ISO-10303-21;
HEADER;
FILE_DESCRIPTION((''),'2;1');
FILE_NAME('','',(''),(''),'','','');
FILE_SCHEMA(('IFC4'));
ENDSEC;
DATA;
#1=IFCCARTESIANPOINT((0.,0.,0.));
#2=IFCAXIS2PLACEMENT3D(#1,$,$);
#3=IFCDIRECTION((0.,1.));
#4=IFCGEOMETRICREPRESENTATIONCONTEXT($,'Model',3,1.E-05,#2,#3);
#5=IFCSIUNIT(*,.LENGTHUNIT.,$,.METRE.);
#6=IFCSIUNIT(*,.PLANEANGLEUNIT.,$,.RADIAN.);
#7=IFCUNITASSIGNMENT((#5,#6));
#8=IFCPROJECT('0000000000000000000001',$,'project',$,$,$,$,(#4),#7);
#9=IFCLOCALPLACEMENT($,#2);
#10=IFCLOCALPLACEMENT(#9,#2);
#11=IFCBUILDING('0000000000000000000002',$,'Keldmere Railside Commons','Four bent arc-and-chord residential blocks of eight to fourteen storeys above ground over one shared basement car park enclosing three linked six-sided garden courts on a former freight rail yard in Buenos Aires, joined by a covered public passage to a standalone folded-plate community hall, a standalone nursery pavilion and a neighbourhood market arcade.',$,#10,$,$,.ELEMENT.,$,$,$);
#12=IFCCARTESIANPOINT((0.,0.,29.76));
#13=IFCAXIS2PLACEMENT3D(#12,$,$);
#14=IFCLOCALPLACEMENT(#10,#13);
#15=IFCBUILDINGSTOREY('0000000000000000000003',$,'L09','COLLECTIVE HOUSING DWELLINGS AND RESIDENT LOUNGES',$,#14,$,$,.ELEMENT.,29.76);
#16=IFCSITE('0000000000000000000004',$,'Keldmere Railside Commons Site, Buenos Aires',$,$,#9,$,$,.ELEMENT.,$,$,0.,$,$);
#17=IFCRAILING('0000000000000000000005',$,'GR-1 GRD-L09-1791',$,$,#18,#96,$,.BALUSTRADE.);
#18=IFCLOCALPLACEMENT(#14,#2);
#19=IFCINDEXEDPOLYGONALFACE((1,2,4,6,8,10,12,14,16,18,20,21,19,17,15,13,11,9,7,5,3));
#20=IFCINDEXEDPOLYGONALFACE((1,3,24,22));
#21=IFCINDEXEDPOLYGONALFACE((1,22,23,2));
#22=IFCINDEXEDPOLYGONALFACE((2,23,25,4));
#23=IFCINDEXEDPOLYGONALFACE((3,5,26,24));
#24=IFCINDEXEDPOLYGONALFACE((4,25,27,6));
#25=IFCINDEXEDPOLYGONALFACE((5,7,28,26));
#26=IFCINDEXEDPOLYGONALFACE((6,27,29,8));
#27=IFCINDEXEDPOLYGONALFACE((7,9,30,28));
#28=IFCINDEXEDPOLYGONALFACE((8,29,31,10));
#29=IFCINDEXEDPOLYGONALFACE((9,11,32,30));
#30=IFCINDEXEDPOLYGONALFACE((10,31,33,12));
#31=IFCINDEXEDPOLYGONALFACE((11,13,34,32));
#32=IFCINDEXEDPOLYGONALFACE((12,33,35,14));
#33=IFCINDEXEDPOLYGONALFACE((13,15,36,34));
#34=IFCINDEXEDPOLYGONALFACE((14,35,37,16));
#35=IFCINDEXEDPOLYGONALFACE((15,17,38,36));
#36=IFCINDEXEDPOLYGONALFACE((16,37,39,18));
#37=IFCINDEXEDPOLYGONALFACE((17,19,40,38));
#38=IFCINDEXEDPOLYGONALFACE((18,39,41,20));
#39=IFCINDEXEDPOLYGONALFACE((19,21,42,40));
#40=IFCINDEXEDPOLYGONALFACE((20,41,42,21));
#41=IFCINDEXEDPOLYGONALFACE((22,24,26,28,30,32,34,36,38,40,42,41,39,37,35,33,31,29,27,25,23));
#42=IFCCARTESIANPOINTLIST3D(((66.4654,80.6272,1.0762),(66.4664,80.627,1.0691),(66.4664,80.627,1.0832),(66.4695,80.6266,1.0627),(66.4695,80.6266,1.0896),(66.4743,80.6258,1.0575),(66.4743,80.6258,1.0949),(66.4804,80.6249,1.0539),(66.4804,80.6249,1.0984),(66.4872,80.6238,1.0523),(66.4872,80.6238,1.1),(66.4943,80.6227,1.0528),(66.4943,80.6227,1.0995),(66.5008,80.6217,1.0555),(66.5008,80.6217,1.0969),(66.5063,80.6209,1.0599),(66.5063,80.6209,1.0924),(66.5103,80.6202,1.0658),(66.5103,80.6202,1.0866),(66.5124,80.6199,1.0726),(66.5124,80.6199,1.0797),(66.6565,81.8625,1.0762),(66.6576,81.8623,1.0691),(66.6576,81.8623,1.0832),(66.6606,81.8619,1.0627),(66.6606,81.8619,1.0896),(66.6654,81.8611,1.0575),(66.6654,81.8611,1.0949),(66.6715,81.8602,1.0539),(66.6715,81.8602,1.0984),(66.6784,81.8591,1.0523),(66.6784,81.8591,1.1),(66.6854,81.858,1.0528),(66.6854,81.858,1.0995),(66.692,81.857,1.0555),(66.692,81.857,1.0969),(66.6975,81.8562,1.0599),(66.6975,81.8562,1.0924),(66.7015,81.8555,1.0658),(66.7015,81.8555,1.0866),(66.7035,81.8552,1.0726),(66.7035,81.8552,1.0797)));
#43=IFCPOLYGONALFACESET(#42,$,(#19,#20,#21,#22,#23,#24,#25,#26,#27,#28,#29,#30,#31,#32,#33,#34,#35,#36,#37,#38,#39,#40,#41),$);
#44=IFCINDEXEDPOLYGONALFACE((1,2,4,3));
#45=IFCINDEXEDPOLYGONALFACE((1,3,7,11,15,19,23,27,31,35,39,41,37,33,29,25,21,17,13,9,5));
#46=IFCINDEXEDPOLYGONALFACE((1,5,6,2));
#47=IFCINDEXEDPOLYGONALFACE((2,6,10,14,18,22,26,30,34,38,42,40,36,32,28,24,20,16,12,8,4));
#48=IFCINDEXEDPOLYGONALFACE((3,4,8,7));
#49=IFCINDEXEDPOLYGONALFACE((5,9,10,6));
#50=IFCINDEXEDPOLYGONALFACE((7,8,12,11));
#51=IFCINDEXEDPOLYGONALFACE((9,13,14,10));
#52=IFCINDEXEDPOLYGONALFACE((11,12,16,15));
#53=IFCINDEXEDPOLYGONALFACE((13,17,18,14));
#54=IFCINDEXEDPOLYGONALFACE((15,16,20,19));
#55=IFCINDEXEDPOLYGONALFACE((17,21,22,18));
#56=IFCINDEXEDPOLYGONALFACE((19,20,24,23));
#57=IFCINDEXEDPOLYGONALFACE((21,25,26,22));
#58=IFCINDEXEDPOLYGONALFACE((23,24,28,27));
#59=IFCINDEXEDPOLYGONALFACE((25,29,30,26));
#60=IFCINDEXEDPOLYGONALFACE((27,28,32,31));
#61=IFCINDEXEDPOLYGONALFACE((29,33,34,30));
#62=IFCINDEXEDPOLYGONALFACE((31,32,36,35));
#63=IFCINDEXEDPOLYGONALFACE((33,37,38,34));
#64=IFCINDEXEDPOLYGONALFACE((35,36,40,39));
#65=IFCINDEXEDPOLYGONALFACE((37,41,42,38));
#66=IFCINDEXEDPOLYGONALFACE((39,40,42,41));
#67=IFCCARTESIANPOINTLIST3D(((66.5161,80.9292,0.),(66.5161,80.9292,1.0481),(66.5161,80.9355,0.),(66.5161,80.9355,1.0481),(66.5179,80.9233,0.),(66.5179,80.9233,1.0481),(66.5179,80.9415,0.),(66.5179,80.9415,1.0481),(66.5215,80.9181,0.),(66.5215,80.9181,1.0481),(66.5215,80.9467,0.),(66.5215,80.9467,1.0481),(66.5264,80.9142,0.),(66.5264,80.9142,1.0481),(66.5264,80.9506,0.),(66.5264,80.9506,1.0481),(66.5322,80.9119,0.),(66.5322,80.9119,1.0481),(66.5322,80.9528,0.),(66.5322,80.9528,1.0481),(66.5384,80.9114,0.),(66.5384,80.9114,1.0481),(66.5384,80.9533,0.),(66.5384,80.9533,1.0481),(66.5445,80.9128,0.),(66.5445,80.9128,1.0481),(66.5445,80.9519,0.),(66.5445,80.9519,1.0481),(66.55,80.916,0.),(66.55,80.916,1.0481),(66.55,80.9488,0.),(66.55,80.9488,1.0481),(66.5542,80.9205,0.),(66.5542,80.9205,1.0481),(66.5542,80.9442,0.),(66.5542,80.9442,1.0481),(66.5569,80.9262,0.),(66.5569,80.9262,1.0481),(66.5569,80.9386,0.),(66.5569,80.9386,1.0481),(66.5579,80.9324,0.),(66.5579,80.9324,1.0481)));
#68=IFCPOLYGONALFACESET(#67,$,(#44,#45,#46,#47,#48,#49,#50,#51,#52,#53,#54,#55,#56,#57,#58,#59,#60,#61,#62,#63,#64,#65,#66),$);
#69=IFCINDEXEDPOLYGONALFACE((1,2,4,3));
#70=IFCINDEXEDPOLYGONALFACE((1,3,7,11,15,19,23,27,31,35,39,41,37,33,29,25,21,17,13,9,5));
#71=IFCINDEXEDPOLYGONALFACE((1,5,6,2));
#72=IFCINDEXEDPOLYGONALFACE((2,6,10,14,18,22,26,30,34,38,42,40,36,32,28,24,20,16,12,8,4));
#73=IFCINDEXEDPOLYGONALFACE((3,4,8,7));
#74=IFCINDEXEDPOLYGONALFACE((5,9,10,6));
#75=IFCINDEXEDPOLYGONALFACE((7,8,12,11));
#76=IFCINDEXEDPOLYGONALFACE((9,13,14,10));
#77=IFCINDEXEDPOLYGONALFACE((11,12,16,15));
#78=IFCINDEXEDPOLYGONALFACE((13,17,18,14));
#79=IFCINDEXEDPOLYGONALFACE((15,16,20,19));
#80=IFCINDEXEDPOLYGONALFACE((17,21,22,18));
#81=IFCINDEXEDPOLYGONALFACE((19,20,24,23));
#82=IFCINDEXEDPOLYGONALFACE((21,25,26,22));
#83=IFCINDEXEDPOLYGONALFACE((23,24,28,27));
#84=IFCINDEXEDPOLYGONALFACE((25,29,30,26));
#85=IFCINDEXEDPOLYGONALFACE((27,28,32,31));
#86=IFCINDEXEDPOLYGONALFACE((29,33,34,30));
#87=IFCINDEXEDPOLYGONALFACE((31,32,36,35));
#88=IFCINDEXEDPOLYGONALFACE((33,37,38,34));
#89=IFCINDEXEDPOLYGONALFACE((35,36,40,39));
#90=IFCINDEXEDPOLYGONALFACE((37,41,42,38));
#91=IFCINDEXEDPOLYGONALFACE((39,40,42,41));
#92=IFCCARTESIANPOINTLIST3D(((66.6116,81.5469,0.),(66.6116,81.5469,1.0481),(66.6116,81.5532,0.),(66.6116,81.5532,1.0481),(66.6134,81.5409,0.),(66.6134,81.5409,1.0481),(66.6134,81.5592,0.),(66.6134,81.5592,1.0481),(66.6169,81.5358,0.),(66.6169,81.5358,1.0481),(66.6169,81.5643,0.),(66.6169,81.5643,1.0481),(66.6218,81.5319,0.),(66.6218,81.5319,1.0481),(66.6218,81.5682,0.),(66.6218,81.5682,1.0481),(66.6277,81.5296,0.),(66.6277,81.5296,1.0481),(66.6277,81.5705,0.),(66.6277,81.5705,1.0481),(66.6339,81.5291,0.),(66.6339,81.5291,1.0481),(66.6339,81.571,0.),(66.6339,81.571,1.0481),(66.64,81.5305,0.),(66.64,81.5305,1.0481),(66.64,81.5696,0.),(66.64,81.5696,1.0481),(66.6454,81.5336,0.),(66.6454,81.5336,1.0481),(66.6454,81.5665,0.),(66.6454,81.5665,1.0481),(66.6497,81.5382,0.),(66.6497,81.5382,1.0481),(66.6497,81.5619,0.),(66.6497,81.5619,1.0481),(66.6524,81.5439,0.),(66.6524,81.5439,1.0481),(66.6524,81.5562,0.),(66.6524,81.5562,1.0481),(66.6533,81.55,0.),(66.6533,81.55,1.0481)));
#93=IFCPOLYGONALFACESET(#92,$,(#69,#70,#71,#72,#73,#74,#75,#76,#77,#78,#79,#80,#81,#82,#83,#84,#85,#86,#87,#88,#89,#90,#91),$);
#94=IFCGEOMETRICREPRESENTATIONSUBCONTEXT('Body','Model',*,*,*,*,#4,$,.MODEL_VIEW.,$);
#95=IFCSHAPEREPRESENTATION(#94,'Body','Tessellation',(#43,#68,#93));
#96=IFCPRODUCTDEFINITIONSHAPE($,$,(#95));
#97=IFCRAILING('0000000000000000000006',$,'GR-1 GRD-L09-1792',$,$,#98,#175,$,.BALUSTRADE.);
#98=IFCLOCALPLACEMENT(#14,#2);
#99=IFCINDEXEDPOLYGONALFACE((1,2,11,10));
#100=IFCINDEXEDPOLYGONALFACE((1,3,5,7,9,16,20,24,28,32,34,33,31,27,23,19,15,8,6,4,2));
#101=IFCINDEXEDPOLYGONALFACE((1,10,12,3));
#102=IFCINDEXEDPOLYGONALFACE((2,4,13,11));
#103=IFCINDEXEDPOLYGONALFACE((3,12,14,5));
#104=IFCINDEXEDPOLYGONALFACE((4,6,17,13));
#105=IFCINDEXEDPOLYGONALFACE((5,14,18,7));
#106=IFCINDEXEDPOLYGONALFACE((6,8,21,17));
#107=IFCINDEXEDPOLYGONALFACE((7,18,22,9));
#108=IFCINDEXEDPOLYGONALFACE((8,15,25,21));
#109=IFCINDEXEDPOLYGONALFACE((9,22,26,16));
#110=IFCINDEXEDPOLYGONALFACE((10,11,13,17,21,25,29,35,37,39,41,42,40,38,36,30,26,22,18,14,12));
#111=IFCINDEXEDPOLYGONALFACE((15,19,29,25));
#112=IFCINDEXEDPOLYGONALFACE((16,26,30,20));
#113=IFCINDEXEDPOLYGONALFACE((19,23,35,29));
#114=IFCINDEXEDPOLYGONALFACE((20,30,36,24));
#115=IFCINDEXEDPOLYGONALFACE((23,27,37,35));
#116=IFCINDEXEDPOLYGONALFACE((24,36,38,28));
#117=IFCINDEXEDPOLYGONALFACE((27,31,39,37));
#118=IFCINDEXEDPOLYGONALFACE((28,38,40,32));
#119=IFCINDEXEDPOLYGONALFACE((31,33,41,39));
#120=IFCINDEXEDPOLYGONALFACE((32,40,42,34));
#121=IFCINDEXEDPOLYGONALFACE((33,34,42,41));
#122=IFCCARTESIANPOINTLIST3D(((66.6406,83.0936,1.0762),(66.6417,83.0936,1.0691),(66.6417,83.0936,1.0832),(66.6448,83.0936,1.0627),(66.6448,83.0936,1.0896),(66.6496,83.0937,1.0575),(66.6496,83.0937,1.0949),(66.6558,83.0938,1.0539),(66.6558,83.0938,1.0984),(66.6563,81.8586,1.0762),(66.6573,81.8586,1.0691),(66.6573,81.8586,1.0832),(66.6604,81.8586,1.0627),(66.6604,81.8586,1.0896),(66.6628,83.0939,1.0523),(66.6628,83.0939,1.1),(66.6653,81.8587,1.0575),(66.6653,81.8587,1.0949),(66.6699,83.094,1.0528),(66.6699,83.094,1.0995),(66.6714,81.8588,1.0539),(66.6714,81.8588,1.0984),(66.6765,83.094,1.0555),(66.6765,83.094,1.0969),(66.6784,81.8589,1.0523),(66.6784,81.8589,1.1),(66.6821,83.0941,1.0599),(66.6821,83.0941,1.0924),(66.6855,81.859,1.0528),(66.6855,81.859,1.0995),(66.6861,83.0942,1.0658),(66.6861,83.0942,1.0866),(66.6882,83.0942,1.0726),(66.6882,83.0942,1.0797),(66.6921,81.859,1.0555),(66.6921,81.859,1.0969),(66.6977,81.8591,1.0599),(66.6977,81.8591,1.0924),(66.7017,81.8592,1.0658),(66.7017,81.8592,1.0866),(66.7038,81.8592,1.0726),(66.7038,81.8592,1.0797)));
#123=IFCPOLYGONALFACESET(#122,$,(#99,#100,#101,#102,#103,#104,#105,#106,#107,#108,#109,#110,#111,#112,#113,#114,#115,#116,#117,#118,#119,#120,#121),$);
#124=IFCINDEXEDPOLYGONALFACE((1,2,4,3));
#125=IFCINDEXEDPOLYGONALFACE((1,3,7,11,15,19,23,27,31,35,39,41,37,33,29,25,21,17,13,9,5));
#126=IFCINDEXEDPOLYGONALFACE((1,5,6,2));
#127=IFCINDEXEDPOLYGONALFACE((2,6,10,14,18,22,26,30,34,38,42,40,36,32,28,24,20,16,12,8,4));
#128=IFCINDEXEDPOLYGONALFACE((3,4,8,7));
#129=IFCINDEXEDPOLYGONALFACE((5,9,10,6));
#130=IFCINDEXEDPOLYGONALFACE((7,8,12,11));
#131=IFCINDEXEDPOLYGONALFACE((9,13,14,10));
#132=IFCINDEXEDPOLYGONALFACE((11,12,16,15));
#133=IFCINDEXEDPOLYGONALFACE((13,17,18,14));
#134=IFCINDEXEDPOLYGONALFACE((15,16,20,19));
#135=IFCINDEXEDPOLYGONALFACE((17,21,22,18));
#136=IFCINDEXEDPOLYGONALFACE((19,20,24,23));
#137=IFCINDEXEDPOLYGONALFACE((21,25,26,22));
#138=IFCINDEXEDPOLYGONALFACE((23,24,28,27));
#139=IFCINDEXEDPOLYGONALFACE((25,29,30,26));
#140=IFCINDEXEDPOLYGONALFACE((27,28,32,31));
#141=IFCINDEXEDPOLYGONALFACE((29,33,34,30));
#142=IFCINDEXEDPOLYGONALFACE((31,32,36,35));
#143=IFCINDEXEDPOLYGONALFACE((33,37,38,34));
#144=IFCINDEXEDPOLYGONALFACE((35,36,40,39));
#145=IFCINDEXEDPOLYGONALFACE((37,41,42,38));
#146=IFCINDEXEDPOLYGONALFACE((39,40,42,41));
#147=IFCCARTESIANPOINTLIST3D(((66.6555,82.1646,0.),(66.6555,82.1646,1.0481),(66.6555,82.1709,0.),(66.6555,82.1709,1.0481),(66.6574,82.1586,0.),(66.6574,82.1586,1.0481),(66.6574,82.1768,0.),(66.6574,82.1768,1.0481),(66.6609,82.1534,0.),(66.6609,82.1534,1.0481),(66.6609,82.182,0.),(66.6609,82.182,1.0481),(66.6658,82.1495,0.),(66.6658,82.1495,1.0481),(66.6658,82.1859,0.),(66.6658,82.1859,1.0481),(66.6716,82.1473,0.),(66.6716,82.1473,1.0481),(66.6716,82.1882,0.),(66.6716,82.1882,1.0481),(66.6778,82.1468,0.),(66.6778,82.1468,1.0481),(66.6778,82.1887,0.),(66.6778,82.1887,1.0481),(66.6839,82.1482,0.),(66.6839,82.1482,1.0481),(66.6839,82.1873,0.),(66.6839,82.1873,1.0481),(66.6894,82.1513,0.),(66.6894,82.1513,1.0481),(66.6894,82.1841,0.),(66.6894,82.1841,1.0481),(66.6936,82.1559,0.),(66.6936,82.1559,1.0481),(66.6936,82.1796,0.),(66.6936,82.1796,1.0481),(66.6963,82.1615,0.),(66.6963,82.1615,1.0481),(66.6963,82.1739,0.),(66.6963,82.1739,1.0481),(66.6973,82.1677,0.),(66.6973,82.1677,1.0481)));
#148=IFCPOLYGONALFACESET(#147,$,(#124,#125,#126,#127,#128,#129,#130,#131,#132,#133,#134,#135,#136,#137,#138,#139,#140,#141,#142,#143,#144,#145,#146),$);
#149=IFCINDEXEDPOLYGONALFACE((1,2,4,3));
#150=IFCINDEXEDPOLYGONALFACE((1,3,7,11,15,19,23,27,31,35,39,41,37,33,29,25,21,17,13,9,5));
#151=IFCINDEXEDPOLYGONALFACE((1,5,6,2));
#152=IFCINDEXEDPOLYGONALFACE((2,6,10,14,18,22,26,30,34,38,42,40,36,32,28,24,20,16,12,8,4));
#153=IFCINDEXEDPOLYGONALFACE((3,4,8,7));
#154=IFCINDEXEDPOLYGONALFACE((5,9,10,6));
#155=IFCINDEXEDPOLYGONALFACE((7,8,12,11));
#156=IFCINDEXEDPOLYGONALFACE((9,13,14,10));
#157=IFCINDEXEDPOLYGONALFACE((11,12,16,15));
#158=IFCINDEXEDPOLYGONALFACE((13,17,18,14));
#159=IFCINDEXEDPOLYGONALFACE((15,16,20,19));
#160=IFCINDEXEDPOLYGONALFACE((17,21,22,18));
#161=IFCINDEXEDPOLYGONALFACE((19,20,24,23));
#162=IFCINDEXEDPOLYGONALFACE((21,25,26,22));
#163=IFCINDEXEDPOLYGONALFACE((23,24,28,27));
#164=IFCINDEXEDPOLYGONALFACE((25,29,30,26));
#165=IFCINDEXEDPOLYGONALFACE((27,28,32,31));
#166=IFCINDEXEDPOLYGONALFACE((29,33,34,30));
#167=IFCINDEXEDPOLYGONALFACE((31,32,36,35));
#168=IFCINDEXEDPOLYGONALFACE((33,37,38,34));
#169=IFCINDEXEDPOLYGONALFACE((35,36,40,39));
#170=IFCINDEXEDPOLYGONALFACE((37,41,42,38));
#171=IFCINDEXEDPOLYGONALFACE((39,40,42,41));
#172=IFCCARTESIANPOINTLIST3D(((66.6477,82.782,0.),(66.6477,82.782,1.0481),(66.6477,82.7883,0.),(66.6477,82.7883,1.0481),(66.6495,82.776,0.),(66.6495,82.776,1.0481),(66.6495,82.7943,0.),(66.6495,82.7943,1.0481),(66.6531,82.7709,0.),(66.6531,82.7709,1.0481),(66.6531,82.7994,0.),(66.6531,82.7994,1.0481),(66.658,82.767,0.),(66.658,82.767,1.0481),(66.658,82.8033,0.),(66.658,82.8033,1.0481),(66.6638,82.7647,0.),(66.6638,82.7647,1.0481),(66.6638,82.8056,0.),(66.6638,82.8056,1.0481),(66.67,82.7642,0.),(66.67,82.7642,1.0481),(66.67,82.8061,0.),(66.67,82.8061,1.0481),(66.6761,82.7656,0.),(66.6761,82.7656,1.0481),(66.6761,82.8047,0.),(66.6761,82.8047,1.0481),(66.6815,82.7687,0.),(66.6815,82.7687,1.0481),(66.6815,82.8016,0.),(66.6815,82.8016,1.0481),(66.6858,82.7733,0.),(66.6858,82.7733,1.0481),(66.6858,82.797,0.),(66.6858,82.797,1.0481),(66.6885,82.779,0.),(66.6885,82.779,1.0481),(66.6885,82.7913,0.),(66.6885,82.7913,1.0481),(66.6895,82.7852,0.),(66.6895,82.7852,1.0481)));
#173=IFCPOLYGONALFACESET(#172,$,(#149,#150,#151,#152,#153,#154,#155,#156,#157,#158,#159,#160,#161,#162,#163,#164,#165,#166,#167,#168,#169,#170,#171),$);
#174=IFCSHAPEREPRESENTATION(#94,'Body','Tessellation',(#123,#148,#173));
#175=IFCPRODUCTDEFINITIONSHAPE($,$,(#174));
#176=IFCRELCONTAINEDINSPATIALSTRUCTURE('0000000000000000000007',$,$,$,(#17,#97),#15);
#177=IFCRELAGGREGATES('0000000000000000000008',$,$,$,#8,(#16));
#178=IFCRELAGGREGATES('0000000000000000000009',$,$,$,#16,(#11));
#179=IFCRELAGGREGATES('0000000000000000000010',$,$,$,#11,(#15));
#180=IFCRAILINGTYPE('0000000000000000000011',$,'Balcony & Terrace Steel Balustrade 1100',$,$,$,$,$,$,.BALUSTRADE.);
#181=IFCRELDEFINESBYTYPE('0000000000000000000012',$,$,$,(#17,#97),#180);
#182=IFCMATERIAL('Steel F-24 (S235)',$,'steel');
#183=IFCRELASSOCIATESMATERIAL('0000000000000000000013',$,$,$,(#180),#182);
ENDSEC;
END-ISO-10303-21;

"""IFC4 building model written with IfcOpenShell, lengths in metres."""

from ifc_helpers import new_model, si_unit, direction, frame, origin, origin_2d, place, context, subcontext, project, spatial, circle, extrude, material, type_object, element, save


model = new_model("IFC4")

# Units and contexts
model_context = context("Model", 3, precision=1e-05, world=origin(), true_north=direction((0.0, 1.0)))
body_context = subcontext(model_context, "Body", "Model", "MODEL_VIEW")
ifc_project = project(units=[si_unit("LENGTHUNIT", "METRE"), si_unit("PLANEANGLEUNIT", "RADIAN")], contexts=[model_context])

# Site, building, storey
site_placement = place(None, origin())
site = spatial("IfcSite", under=ifc_project, at=site_placement, Name="Keldmere Railside Commons Site, Buenos Aires", CompositionType="ELEMENT", RefElevation=0.0)
building_placement = place(site_placement, origin())
building = spatial("IfcBuilding", under=site, at=building_placement, Name="Keldmere Railside Commons", Description="Four bent arc-and-chord residential blocks of eight to fourteen storeys above ground over one shared basement car park enclosing three linked six-sided garden courts on a former freight rail yard in Buenos Aires, joined by a covered public passage to a standalone folded-plate community hall, a standalone nursery pavilion and a neighbourhood market arcade.", CompositionType="ELEMENT")
storey_placement = place(building_placement, frame((0.0, 0.0, 29.76)))
storey = spatial("IfcBuildingStorey", under=building, at=storey_placement, Name="L09", Description="COLLECTIVE HOUSING DWELLINGS AND RESIDENT LOUNGES", CompositionType="ELEMENT", Elevation=29.76)

# Railings
ifc_material_1 = material(Name="Steel F-24 (S235)", Category="steel")
railing_type = type_object("IfcRailingType", Name="Balcony & Terrace Steel Balustrade 1100", PredefinedType="BALUSTRADE", material=ifc_material_1)
railing_1_placement = place(storey_placement, frame((66.489, 80.6235, 0.0)))
element("IfcRailing", 1, at=railing_1_placement, inside=storey, type_object=railing_type, Name="GR-1 GRD-L09-1791", PredefinedType="BALUSTRADE", context=body_context, shape_type="SweptSolid", body=[
    extrude(circle(Radius=0.0239, at=origin_2d()), frame((0.0, 0.0, 1.0762), z_axis=(0.152923, 0.988238, 0.0), x_axis=(-0.988238, 0.152923, 0.0)), (0.0, 0.0, 1.0), 1.25),
    extrude(circle(Radius=0.021, at=origin_2d()), frame((0.0479, 0.3088, 0.0)), (0.0, 0.0, 1.0), 1.0481),
    extrude(circle(Radius=0.021, at=origin_2d()), frame((0.1433, 0.9265, 0.0)), (0.0, 0.0, 1.0), 1.0481),
])
railing_2_placement = place(storey_placement, frame((66.6802, 81.8589, 0.0)))
element("IfcRailing", 2, at=railing_2_placement, inside=storey, type_object=railing_type, Name="GR-1 GRD-L09-1792", PredefinedType="BALUSTRADE", context=body_context, shape_type="SweptSolid", body=[
    extrude(circle(Radius=0.0239, at=origin_2d()), frame((0.0, 0.0, 1.0762), z_axis=(-0.01265, 0.99992, 0.0), x_axis=(-0.99992, -0.01265, 0.0)), (0.0, 0.0, 1.0), 1.2351),
    extrude(circle(Radius=0.021, at=origin_2d()), frame((-0.0039, 0.3088, 0.0)), (0.0, 0.0, 1.0), 1.0481),
    extrude(circle(Radius=0.021, at=origin_2d()), frame((-0.0117, 0.9263, 0.0)), (0.0, 0.0, 1.0), 1.0481),
])

save(model, "model.ifc")
